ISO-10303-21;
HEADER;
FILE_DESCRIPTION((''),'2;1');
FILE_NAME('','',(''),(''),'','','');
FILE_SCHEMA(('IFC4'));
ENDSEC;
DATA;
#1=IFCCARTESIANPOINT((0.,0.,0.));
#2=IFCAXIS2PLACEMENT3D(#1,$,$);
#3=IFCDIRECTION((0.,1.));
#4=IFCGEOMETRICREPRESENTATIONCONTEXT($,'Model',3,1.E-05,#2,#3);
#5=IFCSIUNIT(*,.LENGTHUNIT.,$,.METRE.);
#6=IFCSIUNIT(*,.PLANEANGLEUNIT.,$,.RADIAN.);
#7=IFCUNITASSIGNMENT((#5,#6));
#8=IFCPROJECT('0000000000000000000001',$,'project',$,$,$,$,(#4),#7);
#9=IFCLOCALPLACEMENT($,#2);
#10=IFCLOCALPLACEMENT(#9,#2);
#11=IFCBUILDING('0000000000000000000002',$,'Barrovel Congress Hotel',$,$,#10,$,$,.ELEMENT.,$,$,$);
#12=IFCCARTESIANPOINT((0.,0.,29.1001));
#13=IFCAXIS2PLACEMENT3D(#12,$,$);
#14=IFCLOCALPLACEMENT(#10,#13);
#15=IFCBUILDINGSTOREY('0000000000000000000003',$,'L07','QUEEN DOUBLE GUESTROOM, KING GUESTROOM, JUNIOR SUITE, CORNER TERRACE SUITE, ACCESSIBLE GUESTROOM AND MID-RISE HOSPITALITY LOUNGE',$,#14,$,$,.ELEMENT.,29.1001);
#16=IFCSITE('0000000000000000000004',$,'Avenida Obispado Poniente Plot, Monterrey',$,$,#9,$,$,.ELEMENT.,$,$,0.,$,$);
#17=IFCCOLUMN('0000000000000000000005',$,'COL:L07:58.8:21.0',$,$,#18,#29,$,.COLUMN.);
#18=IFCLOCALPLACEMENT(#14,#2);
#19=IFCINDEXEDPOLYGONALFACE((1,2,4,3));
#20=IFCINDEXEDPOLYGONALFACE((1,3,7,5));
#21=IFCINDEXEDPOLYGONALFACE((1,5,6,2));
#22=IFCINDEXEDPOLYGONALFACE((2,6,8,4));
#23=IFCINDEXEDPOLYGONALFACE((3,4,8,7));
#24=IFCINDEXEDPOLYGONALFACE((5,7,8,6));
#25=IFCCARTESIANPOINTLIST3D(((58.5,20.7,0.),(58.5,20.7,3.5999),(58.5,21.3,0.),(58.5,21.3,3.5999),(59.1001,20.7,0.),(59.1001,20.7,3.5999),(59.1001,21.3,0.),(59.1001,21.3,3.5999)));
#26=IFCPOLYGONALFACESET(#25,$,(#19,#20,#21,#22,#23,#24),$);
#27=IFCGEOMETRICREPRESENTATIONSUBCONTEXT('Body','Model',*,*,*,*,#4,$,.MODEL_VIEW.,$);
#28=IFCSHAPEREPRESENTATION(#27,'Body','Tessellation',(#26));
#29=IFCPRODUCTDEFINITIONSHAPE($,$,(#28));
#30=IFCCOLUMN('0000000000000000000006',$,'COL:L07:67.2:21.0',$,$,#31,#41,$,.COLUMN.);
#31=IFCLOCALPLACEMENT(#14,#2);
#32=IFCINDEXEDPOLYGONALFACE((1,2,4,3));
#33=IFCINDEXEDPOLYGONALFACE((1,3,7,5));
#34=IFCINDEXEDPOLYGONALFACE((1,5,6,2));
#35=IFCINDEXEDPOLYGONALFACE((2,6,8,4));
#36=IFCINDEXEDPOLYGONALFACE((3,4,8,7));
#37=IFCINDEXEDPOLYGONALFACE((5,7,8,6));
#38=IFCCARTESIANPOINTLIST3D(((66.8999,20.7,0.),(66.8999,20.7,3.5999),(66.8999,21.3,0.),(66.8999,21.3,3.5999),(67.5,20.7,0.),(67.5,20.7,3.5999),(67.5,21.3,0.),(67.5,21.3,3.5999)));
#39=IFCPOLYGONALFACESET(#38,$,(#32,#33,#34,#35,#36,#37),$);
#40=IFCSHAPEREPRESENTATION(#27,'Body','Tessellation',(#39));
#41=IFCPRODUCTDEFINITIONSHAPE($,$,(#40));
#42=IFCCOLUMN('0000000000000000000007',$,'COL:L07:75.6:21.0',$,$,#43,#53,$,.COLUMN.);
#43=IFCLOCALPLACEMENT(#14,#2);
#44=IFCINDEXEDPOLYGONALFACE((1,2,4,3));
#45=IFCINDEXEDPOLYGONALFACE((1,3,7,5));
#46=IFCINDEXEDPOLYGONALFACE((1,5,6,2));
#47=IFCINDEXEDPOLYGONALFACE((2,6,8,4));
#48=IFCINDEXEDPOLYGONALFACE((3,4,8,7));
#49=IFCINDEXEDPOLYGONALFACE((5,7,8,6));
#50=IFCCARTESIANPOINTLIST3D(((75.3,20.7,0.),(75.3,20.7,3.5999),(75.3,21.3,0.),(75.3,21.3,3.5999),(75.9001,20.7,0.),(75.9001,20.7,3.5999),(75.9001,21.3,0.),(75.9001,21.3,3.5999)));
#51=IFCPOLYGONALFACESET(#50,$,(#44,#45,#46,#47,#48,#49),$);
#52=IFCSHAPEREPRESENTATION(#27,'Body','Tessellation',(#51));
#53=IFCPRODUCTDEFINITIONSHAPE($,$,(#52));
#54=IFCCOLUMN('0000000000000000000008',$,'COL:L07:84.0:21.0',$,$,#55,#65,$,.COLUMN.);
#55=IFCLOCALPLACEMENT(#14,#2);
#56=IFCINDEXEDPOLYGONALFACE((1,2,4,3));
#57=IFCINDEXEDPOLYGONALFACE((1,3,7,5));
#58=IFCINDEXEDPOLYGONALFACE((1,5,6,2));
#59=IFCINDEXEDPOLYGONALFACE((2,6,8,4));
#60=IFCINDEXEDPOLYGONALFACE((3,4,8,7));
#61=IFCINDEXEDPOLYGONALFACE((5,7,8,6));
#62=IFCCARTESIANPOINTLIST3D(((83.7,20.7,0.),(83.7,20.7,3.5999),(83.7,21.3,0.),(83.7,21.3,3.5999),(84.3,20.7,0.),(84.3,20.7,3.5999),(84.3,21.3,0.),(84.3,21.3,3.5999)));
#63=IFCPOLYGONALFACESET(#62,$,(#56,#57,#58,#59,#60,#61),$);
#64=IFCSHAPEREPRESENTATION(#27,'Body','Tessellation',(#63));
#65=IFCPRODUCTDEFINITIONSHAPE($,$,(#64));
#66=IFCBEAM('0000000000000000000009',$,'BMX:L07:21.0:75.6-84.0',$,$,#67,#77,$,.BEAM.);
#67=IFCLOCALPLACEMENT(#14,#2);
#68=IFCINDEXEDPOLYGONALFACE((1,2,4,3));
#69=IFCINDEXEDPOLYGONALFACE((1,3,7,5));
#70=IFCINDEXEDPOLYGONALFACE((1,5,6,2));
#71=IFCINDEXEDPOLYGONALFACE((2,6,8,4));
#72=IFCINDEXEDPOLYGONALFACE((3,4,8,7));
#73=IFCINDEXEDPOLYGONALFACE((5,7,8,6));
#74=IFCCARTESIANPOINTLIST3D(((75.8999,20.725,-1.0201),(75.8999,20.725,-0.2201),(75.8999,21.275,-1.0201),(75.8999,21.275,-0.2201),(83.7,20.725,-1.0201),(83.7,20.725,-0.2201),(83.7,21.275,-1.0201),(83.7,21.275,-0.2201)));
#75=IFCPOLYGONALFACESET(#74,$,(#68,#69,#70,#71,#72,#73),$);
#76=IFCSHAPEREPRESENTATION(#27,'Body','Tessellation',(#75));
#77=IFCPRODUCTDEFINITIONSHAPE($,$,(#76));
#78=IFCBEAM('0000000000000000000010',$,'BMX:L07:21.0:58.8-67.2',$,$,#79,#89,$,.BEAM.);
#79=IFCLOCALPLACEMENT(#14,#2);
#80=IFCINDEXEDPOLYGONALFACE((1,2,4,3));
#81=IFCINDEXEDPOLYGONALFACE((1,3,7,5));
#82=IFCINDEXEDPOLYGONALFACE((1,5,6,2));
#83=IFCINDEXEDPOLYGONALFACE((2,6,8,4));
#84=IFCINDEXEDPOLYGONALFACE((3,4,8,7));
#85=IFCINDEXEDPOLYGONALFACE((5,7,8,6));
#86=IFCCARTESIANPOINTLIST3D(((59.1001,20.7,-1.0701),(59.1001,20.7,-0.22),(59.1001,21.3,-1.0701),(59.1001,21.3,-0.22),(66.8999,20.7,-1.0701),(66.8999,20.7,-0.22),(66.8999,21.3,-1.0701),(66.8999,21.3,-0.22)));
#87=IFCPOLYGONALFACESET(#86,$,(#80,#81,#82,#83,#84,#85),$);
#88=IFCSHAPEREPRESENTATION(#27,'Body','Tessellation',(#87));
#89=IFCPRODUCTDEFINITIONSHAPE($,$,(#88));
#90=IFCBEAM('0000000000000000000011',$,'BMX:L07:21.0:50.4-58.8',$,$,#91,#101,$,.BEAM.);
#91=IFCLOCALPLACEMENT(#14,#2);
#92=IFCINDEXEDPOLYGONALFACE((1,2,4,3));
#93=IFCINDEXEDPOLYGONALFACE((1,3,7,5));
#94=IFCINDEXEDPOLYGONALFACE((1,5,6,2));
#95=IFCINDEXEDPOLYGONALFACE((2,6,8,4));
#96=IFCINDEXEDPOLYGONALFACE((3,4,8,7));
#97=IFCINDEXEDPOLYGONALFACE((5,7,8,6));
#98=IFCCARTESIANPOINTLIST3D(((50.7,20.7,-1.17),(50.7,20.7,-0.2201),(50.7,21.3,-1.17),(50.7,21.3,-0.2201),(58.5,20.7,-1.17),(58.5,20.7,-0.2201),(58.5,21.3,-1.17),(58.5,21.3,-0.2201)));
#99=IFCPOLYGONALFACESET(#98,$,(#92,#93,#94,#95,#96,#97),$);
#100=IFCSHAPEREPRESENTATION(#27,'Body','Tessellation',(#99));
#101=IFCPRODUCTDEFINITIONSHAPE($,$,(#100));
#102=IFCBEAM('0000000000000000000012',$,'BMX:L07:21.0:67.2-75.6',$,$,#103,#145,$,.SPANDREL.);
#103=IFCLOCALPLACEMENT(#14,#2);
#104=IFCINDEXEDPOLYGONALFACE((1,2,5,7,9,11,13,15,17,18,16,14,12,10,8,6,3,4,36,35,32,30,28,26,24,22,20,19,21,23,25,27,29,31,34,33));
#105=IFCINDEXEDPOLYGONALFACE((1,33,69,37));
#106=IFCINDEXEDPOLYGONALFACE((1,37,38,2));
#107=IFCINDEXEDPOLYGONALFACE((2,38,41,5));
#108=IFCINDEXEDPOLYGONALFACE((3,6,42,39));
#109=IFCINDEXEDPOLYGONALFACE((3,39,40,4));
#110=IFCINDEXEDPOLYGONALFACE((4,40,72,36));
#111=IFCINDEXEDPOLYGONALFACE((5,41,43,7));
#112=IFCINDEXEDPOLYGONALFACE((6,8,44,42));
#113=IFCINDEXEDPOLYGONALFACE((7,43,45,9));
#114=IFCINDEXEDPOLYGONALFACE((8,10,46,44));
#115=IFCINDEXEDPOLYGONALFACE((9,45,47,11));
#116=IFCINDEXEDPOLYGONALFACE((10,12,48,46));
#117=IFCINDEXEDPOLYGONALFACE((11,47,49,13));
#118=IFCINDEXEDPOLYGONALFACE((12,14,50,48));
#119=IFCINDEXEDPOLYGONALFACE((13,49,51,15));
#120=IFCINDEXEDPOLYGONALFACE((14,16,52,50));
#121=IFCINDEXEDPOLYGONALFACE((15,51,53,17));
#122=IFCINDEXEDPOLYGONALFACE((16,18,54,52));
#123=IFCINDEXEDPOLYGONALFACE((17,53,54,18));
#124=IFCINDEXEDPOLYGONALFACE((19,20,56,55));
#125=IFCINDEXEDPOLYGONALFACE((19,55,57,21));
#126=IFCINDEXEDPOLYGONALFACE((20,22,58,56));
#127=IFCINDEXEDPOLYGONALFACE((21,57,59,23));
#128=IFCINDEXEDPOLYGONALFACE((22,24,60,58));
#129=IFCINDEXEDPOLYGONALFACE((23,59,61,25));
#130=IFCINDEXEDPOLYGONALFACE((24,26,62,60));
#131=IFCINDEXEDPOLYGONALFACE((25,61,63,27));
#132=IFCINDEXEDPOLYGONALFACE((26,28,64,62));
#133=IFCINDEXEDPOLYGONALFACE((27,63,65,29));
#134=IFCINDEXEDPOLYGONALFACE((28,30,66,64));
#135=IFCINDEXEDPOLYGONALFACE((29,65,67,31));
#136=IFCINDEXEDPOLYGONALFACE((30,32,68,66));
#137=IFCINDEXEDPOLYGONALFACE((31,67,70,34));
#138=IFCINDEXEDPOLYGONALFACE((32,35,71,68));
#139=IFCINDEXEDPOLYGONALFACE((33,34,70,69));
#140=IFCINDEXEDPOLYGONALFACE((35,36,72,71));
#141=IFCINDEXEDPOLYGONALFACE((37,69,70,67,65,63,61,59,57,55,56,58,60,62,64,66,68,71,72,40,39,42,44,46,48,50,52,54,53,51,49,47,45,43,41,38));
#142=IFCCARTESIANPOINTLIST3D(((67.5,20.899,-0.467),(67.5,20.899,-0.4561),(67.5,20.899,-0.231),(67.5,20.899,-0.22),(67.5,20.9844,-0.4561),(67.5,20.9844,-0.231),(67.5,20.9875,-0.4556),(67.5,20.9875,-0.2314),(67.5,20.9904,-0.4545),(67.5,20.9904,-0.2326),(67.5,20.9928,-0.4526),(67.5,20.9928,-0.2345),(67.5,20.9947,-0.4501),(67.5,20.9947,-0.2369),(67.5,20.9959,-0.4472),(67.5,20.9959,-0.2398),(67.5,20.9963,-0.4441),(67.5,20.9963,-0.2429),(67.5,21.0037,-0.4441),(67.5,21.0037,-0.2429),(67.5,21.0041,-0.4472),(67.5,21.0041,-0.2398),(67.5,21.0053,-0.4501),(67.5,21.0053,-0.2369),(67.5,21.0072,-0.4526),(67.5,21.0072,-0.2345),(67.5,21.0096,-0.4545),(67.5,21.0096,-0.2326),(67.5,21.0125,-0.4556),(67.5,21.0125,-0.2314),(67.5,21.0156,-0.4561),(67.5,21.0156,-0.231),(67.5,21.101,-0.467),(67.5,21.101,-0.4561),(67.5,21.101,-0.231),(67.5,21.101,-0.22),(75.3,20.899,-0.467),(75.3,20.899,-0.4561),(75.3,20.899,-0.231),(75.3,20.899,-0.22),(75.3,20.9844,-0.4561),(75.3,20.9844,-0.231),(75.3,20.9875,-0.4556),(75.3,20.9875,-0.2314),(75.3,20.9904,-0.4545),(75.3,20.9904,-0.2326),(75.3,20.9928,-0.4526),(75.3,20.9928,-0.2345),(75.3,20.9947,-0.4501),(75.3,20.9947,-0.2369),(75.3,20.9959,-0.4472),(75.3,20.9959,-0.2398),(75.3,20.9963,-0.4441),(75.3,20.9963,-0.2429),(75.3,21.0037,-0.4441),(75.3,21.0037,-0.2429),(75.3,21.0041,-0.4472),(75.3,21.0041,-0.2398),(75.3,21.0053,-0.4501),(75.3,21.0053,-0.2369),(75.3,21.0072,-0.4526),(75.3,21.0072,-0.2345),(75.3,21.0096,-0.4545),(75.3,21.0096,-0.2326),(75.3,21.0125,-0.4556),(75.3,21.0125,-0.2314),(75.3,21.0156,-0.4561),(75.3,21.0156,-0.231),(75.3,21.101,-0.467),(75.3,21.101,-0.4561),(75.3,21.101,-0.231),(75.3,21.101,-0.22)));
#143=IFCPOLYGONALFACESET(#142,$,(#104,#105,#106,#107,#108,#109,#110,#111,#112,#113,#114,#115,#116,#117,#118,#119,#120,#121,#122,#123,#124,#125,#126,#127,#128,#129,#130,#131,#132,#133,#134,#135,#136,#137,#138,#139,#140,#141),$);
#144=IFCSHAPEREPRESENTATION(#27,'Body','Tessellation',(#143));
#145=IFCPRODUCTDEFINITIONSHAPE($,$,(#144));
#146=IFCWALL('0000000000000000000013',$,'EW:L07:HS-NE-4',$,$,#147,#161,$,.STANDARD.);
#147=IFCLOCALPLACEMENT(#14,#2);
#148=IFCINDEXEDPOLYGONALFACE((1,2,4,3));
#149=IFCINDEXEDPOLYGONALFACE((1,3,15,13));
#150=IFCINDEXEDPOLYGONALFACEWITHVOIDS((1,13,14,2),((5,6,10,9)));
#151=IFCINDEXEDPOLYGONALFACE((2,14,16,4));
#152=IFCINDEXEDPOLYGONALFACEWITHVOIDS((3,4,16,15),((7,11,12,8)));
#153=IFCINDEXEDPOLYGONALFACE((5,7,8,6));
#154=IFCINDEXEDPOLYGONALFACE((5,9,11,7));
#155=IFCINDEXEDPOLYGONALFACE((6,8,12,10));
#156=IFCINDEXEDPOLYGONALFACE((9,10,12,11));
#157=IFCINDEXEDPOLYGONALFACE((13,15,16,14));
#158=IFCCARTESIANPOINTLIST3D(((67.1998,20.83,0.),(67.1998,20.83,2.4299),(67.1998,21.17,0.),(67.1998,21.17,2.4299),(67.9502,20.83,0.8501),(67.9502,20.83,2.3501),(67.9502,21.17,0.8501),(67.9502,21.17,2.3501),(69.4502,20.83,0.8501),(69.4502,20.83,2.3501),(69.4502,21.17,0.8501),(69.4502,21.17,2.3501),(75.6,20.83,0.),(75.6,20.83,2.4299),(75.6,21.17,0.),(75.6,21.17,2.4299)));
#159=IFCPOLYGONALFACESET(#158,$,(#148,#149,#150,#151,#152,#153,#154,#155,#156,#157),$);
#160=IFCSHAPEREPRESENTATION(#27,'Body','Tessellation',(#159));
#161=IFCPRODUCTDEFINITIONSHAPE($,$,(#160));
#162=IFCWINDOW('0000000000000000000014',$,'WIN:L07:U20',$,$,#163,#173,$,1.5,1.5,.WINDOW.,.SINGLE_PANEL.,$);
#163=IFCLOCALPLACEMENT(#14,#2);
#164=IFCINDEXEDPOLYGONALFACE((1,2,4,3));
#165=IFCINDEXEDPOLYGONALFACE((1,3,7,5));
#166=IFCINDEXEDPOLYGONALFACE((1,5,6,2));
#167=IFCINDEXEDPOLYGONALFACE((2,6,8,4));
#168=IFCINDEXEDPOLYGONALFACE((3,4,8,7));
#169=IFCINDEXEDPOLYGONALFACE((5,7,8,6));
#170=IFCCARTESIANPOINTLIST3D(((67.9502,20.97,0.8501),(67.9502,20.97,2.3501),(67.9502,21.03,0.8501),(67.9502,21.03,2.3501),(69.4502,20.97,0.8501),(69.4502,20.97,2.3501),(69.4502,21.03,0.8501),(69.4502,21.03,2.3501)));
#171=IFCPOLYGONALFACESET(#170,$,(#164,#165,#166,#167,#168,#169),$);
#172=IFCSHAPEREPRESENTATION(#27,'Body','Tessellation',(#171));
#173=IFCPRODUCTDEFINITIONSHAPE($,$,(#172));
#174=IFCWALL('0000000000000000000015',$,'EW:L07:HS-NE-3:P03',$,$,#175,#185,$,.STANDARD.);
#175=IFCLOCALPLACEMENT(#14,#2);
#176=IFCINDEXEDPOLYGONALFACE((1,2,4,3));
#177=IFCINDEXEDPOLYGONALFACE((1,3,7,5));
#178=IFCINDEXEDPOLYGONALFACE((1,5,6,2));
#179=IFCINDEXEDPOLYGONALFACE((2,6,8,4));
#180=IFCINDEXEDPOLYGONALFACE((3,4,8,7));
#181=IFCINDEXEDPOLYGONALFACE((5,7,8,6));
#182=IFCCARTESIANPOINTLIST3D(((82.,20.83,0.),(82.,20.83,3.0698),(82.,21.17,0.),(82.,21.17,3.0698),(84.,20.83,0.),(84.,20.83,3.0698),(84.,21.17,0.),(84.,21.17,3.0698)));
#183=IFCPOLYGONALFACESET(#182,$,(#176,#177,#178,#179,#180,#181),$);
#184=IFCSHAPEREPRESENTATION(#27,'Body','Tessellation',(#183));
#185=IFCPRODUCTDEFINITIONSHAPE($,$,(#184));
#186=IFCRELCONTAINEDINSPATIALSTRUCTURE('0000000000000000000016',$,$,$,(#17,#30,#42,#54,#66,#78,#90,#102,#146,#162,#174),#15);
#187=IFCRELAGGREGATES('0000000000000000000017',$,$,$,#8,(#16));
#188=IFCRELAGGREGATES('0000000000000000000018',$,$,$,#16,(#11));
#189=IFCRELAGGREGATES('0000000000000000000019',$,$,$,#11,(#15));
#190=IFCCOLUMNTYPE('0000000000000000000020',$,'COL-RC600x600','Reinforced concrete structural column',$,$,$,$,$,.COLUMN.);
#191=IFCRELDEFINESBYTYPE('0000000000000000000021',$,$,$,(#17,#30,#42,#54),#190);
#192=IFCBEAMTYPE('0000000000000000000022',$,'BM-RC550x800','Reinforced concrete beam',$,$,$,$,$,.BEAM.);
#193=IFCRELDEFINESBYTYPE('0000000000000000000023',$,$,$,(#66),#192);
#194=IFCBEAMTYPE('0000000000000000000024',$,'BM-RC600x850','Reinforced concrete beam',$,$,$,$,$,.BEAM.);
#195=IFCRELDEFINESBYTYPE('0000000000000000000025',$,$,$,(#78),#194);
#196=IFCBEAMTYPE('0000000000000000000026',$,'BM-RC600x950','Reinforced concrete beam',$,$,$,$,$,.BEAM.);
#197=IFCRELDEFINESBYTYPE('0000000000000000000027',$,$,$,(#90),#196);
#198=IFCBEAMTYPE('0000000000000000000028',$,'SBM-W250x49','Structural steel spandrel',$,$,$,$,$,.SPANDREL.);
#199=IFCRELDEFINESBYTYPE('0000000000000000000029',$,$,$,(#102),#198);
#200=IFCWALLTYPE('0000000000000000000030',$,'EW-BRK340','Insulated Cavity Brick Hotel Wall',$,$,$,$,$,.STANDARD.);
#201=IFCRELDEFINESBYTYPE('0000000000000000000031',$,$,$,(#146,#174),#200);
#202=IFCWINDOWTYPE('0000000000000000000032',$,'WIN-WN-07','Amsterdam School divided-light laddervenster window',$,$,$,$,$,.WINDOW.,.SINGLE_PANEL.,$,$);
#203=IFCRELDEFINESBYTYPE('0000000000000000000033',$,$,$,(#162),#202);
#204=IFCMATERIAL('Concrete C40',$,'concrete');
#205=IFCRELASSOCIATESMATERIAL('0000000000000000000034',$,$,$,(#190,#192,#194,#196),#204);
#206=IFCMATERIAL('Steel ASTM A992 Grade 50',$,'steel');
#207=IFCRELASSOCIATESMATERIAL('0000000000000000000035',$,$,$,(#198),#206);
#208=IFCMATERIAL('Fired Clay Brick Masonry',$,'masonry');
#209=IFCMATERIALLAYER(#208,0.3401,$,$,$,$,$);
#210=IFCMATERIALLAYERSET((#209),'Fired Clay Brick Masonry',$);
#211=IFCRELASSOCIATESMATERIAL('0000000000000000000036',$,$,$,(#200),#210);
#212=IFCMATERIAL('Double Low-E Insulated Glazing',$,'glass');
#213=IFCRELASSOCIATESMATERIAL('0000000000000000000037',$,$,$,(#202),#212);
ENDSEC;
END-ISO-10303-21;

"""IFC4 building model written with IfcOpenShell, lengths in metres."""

from ifc_helpers import new_model, si_unit, direction, frame, frame_2d, origin, origin_2d, place, context, subcontext, project, spatial, rectangle, i_section, extrude, material, layer, layer_set, material_profile, profile_set, type_object, element, fill, save


model = new_model("IFC4")

# Units and contexts
model_context = context("Model", 3, precision=1e-05, world=origin(), true_north=direction((0.0, 1.0)))
body_context = subcontext(model_context, "Body", "Model", "MODEL_VIEW")
ifc_project = project(units=[si_unit("LENGTHUNIT", "METRE"), si_unit("PLANEANGLEUNIT", "RADIAN")], contexts=[model_context])

# Site, building, storey
site_placement = place(None, origin())
site = spatial("IfcSite", under=ifc_project, at=site_placement, Name="Avenida Obispado Poniente Plot, Monterrey", CompositionType="ELEMENT", RefElevation=0.0)
building_placement = place(site_placement, origin())
building = spatial("IfcBuilding", under=site, at=building_placement, Name="Barrovel Congress Hotel", CompositionType="ELEMENT")
storey_placement = place(building_placement, frame((0.0, 0.0, 29.1001)))
storey = spatial("IfcBuildingStorey", under=building, at=storey_placement, Name="L07", Description="QUEEN DOUBLE GUESTROOM, KING GUESTROOM, JUNIOR SUITE, CORNER TERRACE SUITE, ACCESSIBLE GUESTROOM AND MID-RISE HOSPITALITY LOUNGE", CompositionType="ELEMENT", Elevation=29.1001)

# Columns
ifc_material_1 = material(Name="Concrete C40", Category="concrete")
ifc_material_profile_1 = material_profile(ifc_material_1, rectangle(XDim=0.6001, YDim=0.6001, at=origin_2d()), Name="RC600x600")
ifc_profile_set_1 = profile_set([ifc_material_profile_1], Name="Concrete C40")
column_type = type_object("IfcColumnType", Name="COL-RC600x600", Description="Reinforced concrete structural column", PredefinedType="COLUMN", material=ifc_profile_set_1)
for number, where, z_axis, x_axis, name in (
    (1, (58.8, 21.0, 0.0), (0.0, 0.0, 1.0), (1.0, 0.0, 0.0), "COL:L07:58.8:21.0"),
    (2, (67.2, 21.0, 0.0), (0.0, 0.0, 1.0), (1.0, 0.0, 0.0), "COL:L07:67.2:21.0"),
    (3, (75.6001, 21.0, 0.0), (0.0, 0.0, 1.0), (1.0, 0.0, 0.0), "COL:L07:75.6:21.0"),
    (4, (84.0, 21.0, 0.0), (0.0, 0.0, 1.0), (1.0, 0.0, 0.0), "COL:L07:84.0:21.0"),
):
    element("IfcColumn", number, at=place(storey_placement, frame(where, z_axis=z_axis, x_axis=x_axis)), inside=storey, type_object=column_type, Name=name, PredefinedType="COLUMN", context=body_context, shape_type="SweptSolid", body=[
        extrude(rectangle(XDim=0.6001, YDim=0.6001, at=origin_2d()), origin(), (0.0, 0.0, 1.0), 3.5999),
    ])

# Beams
ifc_material_profile_2 = material_profile(ifc_material_1, rectangle(XDim=0.55, YDim=0.8, at=origin_2d()), Name="RC550x800")
ifc_profile_set_2 = profile_set([ifc_material_profile_2], Name="Concrete C40")
beam_type_1 = type_object("IfcBeamType", Name="BM-RC550x800", Description="Reinforced concrete beam", PredefinedType="BEAM", material=ifc_profile_set_2)
beam_1_placement = place(storey_placement, frame((75.8999, 21.0, -0.6201), z_axis=(1.0, 0.0, 0.0), x_axis=(0.0, 1.0, 0.0)))
element("IfcBeam", 5, at=beam_1_placement, inside=storey, type_object=beam_type_1, Name="BMX:L07:21.0:75.6-84.0", PredefinedType="BEAM", context=body_context, shape_type="SweptSolid", body=[
    extrude(rectangle(XDim=0.55, YDim=0.8, at=origin_2d()), origin(), (0.0, 0.0, 1.0), 7.8),
])
ifc_material_profile_3 = material_profile(ifc_material_1, rectangle(XDim=0.6001, YDim=0.8501, at=origin_2d()), Name="RC600x850")
ifc_profile_set_3 = profile_set([ifc_material_profile_3], Name="Concrete C40")
beam_type_2 = type_object("IfcBeamType", Name="BM-RC600x850", Description="Reinforced concrete beam", PredefinedType="BEAM", material=ifc_profile_set_3)
beam_2_placement = place(storey_placement, frame((59.1001, 21.0, -0.645), z_axis=(1.0, 0.0, 0.0), x_axis=(0.0, 1.0, 0.0)))
element("IfcBeam", 6, at=beam_2_placement, inside=storey, type_object=beam_type_2, Name="BMX:L07:21.0:58.8-67.2", PredefinedType="BEAM", context=body_context, shape_type="SweptSolid", body=[
    extrude(rectangle(XDim=0.6001, YDim=0.8501, at=origin_2d()), origin(), (0.0, 0.0, 1.0), 7.7998),
])
ifc_material_profile_4 = material_profile(ifc_material_1, rectangle(XDim=0.6001, YDim=0.95, at=origin_2d()), Name="RC600x950")
ifc_profile_set_4 = profile_set([ifc_material_profile_4], Name="Concrete C40")
beam_type_3 = type_object("IfcBeamType", Name="BM-RC600x950", Description="Reinforced concrete beam", PredefinedType="BEAM", material=ifc_profile_set_4)
beam_3_placement = place(storey_placement, frame((50.7, 21.0, -0.6951), z_axis=(1.0, 0.0, 0.0), x_axis=(0.0, 1.0, 0.0)))
element("IfcBeam", 7, at=beam_3_placement, inside=storey, type_object=beam_type_3, Name="BMX:L07:21.0:50.4-58.8", PredefinedType="BEAM", context=body_context, shape_type="SweptSolid", body=[
    extrude(rectangle(XDim=0.6001, YDim=0.95, at=origin_2d()), origin(), (0.0, 0.0, 1.0), 7.8),
])
ifc_material_2 = material(Name="Steel ASTM A992 Grade 50", Category="steel")
ifc_material_profile_5 = material_profile(ifc_material_2, i_section(OverallWidth=0.2019, OverallDepth=0.2471, WebThickness=0.0073, FlangeThickness=0.011, FilletRadius=0.012, at=origin_2d()), Name="W250x49")
ifc_profile_set_5 = profile_set([ifc_material_profile_5], Name="Steel ASTM A992 Grade 50")
beam_type_4 = type_object("IfcBeamType", Name="SBM-W250x49", Description="Structural steel spandrel", PredefinedType="SPANDREL", material=ifc_profile_set_5)
beam_4_placement = place(storey_placement, frame((67.5, 21.0, -0.3435), z_axis=(1.0, 0.0, 0.0), x_axis=(0.0, 1.0, 0.0)))
element("IfcBeam", 8, at=beam_4_placement, inside=storey, type_object=beam_type_4, Name="BMX:L07:21.0:67.2-75.6", PredefinedType="SPANDREL", context=body_context, shape_type="SweptSolid", body=[
    extrude(i_section(OverallWidth=0.2019, OverallDepth=0.2471, WebThickness=0.0073, FlangeThickness=0.011, FilletRadius=0.012, at=origin_2d()), origin(), (0.0, 0.0, 1.0), 7.8),
])

# Wall, opening, window
ifc_material_3 = material(Name="Fired Clay Brick Masonry", Category="masonry")
ifc_layer_1 = layer(ifc_material_3, 0.3401)
ifc_layer_set_1 = layer_set([ifc_layer_1], Name="Fired Clay Brick Masonry")
wall_type_1 = type_object("IfcWallType", Name="EW-BRK340", Description="Insulated Cavity Brick Hotel Wall", PredefinedType="STANDARD", material=ifc_layer_set_1)
wall_1_placement = place(storey_placement, frame((75.6001, 21.0, 0.0), z_axis=(0.0, 0.0, 1.0), x_axis=(-1.0, 0.0, 0.0)))
wall_1 = element("IfcWall", 9, at=wall_1_placement, inside=storey, type_object=wall_type_1, Name="EW:L07:HS-NE-4", PredefinedType="STANDARD", context=body_context, shape_type="SweptSolid", body=[
    extrude(rectangle(XDim=8.4001, YDim=0.3401, at=frame_2d((4.2002, 0.0))), origin(), (0.0, 0.0, 1.0), 2.4299),
])
opening_1_placement = place(wall_1_placement, frame((6.1499, 0.0, 0.8501)))
opening_1 = element("IfcOpeningElement", 10, at=opening_1_placement, cuts=wall_1, PredefinedType="OPENING", context=body_context, shape_type="SweptSolid", body=[
    extrude(rectangle(XDim=1.5, YDim=1.5, at=frame_2d((0.75, 0.75))), frame((0.0, 0.1802, 0.0), z_axis=(0.0, -1.0, 0.0), x_axis=(1.0, 0.0, 0.0)), (0.0, 0.0, 1.0), 0.3601),
])
ifc_material_4 = material(Name="Double Low-E Insulated Glazing", Category="glass")
window_type_1 = type_object("IfcWindowType", Name="WIN-WN-07", Description="Amsterdam School divided-light laddervenster window", PartitioningType="SINGLE_PANEL", PredefinedType="WINDOW", material=ifc_material_4)
window_1_placement = place(opening_1_placement, origin())
window_1 = element("IfcWindow", 11, at=window_1_placement, inside=storey, type_object=window_type_1, Name="WIN:L07:U20", OverallHeight=1.5, OverallWidth=1.5, PartitioningType="SINGLE_PANEL", PredefinedType="WINDOW", context=body_context, shape_type="SweptSolid", body=[
    extrude(rectangle(XDim=1.5, YDim=1.5, at=frame_2d((0.75, 0.75))), frame((0.0, 0.03, 0.0), z_axis=(0.0, -1.0, 0.0), x_axis=(1.0, 0.0, 0.0)), (0.0, 0.0, 1.0), 0.0601),
])
fill(opening_1, window_1)

# Wall
wall_2_placement = place(storey_placement, frame((84.0, 21.0, 0.0), z_axis=(0.0, 0.0, 1.0), x_axis=(-1.0, 0.0, 0.0)))
element("IfcWall", 12, at=wall_2_placement, inside=storey, type_object=wall_type_1, Name="EW:L07:HS-NE-3:P03", PredefinedType="STANDARD", context=body_context, shape_type="SweptSolid", body=[
    extrude(rectangle(XDim=2.0, YDim=0.3401, at=frame_2d((1.0, 0.0))), origin(), (0.0, 0.0, 1.0), 3.0698),
])

save(model, "model.ifc")
